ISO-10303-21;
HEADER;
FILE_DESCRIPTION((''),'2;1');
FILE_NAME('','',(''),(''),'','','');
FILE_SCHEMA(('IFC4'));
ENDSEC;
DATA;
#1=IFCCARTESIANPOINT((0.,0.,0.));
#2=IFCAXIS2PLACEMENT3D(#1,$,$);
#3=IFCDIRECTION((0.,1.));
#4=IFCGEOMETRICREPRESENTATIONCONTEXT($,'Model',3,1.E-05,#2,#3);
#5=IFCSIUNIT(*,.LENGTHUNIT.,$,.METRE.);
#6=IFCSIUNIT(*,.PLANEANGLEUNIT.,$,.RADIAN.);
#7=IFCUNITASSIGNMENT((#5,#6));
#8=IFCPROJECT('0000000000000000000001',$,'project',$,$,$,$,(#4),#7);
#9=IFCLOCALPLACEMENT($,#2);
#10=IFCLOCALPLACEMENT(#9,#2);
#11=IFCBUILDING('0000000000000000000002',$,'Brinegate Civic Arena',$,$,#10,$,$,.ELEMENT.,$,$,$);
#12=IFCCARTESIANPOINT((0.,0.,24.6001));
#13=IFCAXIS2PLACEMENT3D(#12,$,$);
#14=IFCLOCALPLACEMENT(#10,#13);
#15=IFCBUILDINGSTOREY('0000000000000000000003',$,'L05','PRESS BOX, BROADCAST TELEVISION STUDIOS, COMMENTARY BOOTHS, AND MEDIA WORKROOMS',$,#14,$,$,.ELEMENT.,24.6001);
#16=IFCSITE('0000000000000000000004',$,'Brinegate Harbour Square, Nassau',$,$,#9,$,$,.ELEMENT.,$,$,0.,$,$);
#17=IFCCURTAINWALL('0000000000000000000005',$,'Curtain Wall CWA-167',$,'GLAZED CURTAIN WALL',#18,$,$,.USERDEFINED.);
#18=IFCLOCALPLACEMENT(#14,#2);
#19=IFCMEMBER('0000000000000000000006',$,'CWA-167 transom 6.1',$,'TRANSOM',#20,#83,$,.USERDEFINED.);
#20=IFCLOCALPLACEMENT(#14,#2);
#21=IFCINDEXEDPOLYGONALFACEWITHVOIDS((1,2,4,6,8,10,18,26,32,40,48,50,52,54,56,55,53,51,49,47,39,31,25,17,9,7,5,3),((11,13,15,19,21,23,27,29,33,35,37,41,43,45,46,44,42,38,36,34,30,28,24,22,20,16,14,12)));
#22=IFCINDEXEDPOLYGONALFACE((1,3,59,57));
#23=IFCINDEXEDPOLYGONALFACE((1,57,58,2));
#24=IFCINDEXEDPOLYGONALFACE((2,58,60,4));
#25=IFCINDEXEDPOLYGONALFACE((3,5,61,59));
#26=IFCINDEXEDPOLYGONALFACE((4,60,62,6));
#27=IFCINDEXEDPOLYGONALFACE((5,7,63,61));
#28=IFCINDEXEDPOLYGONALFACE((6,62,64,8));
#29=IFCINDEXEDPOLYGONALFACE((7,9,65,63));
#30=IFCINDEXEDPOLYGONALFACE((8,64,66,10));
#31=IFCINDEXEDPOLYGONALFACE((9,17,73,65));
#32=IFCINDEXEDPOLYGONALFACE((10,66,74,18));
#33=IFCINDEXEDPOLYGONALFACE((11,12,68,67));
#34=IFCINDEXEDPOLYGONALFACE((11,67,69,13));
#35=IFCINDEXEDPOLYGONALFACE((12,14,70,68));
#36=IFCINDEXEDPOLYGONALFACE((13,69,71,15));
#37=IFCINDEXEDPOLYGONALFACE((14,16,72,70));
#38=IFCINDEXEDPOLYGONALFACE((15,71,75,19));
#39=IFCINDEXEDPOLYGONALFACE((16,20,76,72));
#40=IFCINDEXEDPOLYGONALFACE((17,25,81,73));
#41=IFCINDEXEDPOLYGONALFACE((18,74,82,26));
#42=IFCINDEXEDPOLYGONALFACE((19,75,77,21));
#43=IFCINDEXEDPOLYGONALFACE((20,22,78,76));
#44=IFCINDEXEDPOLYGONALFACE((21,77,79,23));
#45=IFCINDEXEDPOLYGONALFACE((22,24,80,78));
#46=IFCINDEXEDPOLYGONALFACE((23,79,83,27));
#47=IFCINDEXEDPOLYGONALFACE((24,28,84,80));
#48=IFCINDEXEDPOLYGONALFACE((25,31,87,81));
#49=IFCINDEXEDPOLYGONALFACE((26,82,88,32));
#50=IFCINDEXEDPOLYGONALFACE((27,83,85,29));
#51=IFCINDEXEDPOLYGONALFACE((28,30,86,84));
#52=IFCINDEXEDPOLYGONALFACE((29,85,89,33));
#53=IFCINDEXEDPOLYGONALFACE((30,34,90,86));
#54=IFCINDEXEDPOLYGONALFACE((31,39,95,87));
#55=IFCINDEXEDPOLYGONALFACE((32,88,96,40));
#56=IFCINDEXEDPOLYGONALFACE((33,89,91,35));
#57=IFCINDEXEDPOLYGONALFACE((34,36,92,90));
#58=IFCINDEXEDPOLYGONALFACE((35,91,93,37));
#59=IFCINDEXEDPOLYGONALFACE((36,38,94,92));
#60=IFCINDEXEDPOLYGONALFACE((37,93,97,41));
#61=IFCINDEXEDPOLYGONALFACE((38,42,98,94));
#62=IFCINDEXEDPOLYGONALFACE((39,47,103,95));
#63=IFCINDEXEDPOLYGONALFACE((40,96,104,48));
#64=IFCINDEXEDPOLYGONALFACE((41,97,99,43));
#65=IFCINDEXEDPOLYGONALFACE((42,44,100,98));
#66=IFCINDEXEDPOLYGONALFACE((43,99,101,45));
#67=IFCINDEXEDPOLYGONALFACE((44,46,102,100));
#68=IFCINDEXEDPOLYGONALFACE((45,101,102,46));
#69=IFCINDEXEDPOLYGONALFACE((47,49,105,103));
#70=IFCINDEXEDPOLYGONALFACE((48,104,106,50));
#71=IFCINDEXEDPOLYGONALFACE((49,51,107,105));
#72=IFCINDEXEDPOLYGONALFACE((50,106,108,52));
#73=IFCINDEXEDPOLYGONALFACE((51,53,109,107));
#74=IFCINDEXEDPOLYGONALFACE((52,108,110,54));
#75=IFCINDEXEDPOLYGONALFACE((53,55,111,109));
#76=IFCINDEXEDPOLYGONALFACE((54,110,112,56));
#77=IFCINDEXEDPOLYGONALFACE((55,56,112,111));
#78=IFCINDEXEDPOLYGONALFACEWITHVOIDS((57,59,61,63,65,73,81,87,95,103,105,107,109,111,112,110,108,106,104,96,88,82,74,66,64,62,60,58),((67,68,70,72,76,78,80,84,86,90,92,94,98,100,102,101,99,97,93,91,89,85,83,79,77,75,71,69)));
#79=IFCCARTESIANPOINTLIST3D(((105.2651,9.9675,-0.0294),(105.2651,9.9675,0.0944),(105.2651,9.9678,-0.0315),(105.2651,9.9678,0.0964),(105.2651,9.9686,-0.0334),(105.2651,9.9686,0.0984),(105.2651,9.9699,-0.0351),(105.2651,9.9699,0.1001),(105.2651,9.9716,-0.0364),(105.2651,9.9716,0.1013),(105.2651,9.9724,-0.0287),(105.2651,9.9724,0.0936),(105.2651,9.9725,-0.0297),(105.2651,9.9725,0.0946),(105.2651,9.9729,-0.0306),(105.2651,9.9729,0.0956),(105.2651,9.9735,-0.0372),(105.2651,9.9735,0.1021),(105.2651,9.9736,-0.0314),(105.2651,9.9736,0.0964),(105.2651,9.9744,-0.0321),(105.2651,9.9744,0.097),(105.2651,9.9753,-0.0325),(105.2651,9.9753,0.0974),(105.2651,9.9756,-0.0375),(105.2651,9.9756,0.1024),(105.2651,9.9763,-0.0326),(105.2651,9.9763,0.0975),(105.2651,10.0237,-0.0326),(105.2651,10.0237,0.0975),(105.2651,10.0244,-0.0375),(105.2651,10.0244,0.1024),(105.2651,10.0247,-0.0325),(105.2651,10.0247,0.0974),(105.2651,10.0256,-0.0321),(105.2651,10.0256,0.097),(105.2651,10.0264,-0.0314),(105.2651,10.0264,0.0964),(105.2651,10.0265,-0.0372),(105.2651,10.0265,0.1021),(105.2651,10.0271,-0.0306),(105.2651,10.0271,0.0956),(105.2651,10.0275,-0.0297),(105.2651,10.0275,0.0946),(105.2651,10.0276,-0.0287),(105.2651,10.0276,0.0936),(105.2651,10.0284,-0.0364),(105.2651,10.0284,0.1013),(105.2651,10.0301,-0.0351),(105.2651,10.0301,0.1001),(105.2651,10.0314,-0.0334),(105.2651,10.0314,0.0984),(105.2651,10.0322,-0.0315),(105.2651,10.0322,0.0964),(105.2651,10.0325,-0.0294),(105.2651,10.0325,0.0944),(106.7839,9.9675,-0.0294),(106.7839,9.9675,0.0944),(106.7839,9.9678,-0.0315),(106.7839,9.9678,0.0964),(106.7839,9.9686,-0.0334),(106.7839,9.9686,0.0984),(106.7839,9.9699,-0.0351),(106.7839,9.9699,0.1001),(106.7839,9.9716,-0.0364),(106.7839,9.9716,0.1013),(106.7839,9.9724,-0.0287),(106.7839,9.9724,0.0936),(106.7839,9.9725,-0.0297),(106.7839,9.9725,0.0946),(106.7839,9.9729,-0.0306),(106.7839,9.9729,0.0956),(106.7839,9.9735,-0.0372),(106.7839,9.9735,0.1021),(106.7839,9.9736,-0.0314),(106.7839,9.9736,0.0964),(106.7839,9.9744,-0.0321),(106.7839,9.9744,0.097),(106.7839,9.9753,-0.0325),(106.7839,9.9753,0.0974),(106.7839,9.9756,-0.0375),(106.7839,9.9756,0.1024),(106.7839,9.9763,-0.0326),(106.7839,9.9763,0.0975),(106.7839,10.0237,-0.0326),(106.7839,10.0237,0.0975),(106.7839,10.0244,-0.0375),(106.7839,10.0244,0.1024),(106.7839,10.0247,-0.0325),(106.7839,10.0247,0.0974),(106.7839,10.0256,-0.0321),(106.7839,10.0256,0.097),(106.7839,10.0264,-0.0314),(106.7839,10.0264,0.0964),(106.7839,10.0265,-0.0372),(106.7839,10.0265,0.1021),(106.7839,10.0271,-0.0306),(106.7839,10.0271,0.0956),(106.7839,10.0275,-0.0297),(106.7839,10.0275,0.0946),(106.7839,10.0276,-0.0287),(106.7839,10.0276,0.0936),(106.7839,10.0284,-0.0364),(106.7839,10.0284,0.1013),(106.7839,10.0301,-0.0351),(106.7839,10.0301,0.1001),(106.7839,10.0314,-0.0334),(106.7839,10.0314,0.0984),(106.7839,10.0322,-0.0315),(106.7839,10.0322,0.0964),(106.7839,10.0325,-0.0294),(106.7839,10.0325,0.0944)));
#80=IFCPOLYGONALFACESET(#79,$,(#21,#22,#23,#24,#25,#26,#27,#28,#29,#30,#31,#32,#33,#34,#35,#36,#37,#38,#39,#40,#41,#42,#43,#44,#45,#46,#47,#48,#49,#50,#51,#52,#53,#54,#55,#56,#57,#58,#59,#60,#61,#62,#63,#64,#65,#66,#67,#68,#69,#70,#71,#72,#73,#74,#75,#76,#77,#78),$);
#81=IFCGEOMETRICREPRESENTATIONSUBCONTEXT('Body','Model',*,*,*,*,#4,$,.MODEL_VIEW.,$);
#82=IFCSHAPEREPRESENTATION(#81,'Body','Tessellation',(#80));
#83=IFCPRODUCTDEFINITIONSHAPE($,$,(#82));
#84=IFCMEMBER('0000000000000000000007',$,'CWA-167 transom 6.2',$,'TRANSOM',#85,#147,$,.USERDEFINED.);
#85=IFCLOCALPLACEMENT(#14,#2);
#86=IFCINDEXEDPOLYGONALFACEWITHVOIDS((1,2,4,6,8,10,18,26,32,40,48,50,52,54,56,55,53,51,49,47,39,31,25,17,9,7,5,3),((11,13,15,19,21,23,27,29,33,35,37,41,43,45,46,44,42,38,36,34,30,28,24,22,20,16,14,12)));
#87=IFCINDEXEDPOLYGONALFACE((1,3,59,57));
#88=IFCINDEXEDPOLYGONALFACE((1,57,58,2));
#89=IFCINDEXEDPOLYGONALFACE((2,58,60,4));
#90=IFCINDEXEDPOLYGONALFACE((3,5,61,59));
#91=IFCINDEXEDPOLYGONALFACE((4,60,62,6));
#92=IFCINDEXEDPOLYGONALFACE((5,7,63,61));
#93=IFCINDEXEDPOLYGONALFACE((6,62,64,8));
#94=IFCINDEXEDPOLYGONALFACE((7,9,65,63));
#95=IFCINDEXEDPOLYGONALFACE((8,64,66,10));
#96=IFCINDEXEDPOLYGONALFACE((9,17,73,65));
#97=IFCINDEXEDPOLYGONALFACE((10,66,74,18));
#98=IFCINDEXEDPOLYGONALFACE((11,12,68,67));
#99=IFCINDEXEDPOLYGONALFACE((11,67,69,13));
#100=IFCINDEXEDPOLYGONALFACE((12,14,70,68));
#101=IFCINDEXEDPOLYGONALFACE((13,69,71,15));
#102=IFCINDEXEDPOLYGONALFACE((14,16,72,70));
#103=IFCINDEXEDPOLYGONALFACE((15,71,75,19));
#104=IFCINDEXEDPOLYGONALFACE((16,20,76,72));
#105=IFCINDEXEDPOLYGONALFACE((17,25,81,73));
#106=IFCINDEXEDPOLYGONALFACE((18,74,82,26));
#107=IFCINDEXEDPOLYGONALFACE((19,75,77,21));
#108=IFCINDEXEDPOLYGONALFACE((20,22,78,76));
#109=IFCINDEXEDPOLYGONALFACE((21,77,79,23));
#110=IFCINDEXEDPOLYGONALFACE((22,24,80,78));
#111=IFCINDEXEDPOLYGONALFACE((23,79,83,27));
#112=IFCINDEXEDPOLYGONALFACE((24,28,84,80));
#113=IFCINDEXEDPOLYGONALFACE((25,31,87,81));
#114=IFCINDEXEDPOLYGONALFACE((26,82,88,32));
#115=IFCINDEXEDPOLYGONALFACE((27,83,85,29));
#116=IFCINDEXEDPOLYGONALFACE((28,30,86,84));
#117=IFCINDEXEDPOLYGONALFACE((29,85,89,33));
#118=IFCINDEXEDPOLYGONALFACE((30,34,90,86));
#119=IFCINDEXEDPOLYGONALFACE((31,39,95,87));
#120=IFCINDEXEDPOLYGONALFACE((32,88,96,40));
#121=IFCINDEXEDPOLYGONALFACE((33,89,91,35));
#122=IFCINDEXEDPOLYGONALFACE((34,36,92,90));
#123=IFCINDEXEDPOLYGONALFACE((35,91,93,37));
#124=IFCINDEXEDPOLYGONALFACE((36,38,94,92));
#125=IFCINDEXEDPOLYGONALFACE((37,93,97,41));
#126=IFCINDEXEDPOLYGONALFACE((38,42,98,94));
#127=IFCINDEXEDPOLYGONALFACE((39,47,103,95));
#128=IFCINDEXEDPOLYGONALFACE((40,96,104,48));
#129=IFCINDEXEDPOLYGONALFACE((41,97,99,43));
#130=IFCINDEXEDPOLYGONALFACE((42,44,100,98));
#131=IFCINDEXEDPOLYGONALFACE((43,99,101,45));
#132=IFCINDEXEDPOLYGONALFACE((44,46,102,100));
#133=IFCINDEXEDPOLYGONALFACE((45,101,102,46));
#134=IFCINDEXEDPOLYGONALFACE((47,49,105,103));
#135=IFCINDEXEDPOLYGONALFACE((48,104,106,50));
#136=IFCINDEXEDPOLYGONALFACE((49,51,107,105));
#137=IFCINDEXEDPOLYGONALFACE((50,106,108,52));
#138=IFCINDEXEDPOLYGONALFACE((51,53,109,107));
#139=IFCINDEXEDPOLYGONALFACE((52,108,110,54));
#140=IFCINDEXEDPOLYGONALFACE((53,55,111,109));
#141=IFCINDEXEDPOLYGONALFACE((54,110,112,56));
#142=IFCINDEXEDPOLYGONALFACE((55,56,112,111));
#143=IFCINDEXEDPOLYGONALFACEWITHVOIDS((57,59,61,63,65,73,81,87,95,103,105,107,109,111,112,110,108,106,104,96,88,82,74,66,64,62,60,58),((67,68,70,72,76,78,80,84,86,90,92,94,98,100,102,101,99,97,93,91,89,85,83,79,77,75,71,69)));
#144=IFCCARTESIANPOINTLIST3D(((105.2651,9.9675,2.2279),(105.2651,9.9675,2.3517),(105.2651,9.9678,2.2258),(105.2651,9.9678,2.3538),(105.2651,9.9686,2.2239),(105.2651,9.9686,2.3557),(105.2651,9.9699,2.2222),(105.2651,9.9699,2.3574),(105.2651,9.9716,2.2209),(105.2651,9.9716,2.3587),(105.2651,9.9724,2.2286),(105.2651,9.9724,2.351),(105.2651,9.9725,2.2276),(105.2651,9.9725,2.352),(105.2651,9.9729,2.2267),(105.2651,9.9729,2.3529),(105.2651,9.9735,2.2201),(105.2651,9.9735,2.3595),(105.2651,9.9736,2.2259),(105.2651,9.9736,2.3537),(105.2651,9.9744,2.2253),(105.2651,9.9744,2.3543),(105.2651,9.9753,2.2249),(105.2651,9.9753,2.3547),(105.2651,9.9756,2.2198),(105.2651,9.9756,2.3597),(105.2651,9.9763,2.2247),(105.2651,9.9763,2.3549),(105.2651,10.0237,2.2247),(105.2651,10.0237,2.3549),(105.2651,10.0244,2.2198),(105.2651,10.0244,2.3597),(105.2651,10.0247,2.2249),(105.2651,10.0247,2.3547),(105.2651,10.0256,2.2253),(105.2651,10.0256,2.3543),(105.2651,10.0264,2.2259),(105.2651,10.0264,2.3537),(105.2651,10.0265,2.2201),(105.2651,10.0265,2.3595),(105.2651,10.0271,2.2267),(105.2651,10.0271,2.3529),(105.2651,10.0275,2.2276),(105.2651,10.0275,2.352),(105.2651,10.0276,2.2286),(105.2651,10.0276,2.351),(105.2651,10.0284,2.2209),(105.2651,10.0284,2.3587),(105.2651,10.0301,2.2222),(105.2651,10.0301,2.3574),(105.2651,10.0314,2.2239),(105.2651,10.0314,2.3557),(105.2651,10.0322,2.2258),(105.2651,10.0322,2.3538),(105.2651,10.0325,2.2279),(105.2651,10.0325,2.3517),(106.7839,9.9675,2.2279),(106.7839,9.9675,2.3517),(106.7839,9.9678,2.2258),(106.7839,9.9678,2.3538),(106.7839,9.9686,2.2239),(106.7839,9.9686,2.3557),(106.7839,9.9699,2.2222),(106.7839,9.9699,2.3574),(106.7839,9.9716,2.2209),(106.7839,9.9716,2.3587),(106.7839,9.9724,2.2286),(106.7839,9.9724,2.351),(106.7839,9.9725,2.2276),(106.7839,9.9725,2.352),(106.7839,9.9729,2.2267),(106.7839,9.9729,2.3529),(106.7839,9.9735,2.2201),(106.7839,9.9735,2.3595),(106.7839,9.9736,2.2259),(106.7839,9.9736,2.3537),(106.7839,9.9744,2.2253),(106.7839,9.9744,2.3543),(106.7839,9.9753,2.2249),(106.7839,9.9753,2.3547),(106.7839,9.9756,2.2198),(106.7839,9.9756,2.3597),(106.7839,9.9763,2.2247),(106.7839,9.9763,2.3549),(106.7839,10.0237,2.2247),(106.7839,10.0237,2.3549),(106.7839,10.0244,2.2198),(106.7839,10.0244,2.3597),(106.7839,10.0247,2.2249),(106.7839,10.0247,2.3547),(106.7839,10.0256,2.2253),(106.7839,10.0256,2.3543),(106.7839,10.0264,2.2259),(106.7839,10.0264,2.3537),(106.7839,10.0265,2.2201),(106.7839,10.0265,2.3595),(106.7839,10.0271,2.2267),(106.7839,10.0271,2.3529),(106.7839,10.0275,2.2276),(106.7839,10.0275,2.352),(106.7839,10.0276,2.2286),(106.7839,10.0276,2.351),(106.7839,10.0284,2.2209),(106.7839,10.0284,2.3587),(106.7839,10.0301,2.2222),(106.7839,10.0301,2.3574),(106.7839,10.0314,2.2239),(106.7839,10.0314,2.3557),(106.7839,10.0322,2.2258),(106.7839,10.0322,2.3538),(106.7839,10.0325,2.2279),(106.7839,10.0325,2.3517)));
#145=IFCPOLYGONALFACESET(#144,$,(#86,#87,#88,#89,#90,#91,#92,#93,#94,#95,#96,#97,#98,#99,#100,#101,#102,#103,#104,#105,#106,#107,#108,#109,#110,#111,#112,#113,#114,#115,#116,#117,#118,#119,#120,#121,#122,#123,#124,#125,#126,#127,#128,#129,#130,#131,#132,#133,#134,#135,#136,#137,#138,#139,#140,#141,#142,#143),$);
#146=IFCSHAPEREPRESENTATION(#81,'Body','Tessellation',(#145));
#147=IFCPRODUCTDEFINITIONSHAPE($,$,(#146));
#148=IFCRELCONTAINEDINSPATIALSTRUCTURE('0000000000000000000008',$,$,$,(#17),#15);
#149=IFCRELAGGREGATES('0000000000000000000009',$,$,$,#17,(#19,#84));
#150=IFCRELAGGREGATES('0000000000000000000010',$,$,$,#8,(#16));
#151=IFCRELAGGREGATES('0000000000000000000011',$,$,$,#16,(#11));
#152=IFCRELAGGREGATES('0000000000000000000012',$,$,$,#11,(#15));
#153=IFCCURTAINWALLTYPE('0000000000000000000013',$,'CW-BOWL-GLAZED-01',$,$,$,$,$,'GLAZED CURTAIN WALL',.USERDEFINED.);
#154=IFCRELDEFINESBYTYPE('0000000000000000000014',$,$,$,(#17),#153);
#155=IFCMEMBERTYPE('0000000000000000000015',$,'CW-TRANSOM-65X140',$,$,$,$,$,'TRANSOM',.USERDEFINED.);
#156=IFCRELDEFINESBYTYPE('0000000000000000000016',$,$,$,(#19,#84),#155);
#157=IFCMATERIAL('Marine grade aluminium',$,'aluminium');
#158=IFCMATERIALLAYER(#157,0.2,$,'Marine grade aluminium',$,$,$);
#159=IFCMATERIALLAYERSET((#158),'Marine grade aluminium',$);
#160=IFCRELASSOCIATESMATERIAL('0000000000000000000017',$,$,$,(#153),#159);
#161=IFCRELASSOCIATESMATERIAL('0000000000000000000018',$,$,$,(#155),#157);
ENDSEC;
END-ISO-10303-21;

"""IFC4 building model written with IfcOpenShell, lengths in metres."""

from ifc_helpers import new_model, si_unit, direction, frame, origin, origin_2d, place, context, subcontext, project, spatial, hollow_rectangle, extrude, material, layer, layer_set, material_profile, profile_set, type_object, element, aggregate, save


model = new_model("IFC4")

# Units and contexts
model_context = context("Model", 3, precision=1e-05, world=origin(), true_north=direction((0.0, 1.0)))
body_context = subcontext(model_context, "Body", "Model", "MODEL_VIEW")
ifc_project = project(units=[si_unit("LENGTHUNIT", "METRE"), si_unit("PLANEANGLEUNIT", "RADIAN")], contexts=[model_context])

# Site, building, storey
site_placement = place(None, origin())
site = spatial("IfcSite", under=ifc_project, at=site_placement, Name="Brinegate Harbour Square, Nassau", CompositionType="ELEMENT", RefElevation=0.0)
building_placement = place(site_placement, origin())
building = spatial("IfcBuilding", under=site, at=building_placement, Name="Brinegate Civic Arena", CompositionType="ELEMENT")
storey_placement = place(building_placement, frame((0.0, 0.0, 24.6001)))
storey = spatial("IfcBuildingStorey", under=building, at=storey_placement, Name="L05", Description="PRESS BOX, BROADCAST TELEVISION STUDIOS, COMMENTARY BOOTHS, AND MEDIA WORKROOMS", CompositionType="ELEMENT", Elevation=24.6001)

# Curtain wall, members
ifc_material_1 = material(Name="Marine grade aluminium", Category="aluminium")
ifc_layer_1 = layer(ifc_material_1, 0.2, Name="Marine grade aluminium")
ifc_layer_set_1 = layer_set([ifc_layer_1], Name="Marine grade aluminium")
curtain_wall_type = type_object("IfcCurtainWallType", Name="CW-BOWL-GLAZED-01", ElementType="GLAZED CURTAIN WALL", PredefinedType="USERDEFINED", material=ifc_layer_set_1)
curtain_wall_placement = place(storey_placement, origin())
curtain_wall = element("IfcCurtainWall", 1, at=curtain_wall_placement, inside=storey, type_object=curtain_wall_type, Name="Curtain Wall CWA-167", ObjectType="GLAZED CURTAIN WALL", PredefinedType="USERDEFINED")
ifc_material_profile_1 = material_profile(ifc_material_1, hollow_rectangle(XDim=0.0649, YDim=0.1399, WallThickness=0.0049, InnerFilletRadius=0.0039, OuterFilletRadius=0.0081, at=origin_2d()), Name="TRN65X140")
ifc_profile_set_1 = profile_set([ifc_material_profile_1], Name="Marine grade aluminium")
member_type_1 = type_object("IfcMemberType", Name="CW-TRANSOM-65X140", ElementType="TRANSOM", PredefinedType="USERDEFINED", material=ifc_profile_set_1)
member_1_placement = place(storey_placement, frame((105.2651, 10.0, 0.0325), z_axis=(1.0, 0.0, 0.0), x_axis=(0.0, 1.0, 0.0)))
member_1 = element("IfcMember", 2, at=member_1_placement, type_object=member_type_1, Name="CWA-167 transom 6.1", ObjectType="TRANSOM", PredefinedType="USERDEFINED", context=body_context, shape_type="SweptSolid", body=[
    extrude(hollow_rectangle(XDim=0.0649, YDim=0.1399, WallThickness=0.0049, InnerFilletRadius=0.0039, OuterFilletRadius=0.0081, at=origin_2d()), origin(), (0.0, 0.0, 1.0), 1.5188),
])
member_2_placement = place(storey_placement, frame((105.2651, 10.0, 2.2898), z_axis=(1.0, 0.0, 0.0), x_axis=(0.0, 1.0, 0.0)))
member_2 = element("IfcMember", 3, at=member_2_placement, type_object=member_type_1, Name="CWA-167 transom 6.2", ObjectType="TRANSOM", PredefinedType="USERDEFINED", context=body_context, shape_type="SweptSolid", body=[
    extrude(hollow_rectangle(XDim=0.0649, YDim=0.1399, WallThickness=0.0049, InnerFilletRadius=0.0039, OuterFilletRadius=0.0081, at=origin_2d()), origin(), (0.0, 0.0, 1.0), 1.5188),
])
aggregate(curtain_wall, [member_1, member_2])

save(model, "model.ifc")
